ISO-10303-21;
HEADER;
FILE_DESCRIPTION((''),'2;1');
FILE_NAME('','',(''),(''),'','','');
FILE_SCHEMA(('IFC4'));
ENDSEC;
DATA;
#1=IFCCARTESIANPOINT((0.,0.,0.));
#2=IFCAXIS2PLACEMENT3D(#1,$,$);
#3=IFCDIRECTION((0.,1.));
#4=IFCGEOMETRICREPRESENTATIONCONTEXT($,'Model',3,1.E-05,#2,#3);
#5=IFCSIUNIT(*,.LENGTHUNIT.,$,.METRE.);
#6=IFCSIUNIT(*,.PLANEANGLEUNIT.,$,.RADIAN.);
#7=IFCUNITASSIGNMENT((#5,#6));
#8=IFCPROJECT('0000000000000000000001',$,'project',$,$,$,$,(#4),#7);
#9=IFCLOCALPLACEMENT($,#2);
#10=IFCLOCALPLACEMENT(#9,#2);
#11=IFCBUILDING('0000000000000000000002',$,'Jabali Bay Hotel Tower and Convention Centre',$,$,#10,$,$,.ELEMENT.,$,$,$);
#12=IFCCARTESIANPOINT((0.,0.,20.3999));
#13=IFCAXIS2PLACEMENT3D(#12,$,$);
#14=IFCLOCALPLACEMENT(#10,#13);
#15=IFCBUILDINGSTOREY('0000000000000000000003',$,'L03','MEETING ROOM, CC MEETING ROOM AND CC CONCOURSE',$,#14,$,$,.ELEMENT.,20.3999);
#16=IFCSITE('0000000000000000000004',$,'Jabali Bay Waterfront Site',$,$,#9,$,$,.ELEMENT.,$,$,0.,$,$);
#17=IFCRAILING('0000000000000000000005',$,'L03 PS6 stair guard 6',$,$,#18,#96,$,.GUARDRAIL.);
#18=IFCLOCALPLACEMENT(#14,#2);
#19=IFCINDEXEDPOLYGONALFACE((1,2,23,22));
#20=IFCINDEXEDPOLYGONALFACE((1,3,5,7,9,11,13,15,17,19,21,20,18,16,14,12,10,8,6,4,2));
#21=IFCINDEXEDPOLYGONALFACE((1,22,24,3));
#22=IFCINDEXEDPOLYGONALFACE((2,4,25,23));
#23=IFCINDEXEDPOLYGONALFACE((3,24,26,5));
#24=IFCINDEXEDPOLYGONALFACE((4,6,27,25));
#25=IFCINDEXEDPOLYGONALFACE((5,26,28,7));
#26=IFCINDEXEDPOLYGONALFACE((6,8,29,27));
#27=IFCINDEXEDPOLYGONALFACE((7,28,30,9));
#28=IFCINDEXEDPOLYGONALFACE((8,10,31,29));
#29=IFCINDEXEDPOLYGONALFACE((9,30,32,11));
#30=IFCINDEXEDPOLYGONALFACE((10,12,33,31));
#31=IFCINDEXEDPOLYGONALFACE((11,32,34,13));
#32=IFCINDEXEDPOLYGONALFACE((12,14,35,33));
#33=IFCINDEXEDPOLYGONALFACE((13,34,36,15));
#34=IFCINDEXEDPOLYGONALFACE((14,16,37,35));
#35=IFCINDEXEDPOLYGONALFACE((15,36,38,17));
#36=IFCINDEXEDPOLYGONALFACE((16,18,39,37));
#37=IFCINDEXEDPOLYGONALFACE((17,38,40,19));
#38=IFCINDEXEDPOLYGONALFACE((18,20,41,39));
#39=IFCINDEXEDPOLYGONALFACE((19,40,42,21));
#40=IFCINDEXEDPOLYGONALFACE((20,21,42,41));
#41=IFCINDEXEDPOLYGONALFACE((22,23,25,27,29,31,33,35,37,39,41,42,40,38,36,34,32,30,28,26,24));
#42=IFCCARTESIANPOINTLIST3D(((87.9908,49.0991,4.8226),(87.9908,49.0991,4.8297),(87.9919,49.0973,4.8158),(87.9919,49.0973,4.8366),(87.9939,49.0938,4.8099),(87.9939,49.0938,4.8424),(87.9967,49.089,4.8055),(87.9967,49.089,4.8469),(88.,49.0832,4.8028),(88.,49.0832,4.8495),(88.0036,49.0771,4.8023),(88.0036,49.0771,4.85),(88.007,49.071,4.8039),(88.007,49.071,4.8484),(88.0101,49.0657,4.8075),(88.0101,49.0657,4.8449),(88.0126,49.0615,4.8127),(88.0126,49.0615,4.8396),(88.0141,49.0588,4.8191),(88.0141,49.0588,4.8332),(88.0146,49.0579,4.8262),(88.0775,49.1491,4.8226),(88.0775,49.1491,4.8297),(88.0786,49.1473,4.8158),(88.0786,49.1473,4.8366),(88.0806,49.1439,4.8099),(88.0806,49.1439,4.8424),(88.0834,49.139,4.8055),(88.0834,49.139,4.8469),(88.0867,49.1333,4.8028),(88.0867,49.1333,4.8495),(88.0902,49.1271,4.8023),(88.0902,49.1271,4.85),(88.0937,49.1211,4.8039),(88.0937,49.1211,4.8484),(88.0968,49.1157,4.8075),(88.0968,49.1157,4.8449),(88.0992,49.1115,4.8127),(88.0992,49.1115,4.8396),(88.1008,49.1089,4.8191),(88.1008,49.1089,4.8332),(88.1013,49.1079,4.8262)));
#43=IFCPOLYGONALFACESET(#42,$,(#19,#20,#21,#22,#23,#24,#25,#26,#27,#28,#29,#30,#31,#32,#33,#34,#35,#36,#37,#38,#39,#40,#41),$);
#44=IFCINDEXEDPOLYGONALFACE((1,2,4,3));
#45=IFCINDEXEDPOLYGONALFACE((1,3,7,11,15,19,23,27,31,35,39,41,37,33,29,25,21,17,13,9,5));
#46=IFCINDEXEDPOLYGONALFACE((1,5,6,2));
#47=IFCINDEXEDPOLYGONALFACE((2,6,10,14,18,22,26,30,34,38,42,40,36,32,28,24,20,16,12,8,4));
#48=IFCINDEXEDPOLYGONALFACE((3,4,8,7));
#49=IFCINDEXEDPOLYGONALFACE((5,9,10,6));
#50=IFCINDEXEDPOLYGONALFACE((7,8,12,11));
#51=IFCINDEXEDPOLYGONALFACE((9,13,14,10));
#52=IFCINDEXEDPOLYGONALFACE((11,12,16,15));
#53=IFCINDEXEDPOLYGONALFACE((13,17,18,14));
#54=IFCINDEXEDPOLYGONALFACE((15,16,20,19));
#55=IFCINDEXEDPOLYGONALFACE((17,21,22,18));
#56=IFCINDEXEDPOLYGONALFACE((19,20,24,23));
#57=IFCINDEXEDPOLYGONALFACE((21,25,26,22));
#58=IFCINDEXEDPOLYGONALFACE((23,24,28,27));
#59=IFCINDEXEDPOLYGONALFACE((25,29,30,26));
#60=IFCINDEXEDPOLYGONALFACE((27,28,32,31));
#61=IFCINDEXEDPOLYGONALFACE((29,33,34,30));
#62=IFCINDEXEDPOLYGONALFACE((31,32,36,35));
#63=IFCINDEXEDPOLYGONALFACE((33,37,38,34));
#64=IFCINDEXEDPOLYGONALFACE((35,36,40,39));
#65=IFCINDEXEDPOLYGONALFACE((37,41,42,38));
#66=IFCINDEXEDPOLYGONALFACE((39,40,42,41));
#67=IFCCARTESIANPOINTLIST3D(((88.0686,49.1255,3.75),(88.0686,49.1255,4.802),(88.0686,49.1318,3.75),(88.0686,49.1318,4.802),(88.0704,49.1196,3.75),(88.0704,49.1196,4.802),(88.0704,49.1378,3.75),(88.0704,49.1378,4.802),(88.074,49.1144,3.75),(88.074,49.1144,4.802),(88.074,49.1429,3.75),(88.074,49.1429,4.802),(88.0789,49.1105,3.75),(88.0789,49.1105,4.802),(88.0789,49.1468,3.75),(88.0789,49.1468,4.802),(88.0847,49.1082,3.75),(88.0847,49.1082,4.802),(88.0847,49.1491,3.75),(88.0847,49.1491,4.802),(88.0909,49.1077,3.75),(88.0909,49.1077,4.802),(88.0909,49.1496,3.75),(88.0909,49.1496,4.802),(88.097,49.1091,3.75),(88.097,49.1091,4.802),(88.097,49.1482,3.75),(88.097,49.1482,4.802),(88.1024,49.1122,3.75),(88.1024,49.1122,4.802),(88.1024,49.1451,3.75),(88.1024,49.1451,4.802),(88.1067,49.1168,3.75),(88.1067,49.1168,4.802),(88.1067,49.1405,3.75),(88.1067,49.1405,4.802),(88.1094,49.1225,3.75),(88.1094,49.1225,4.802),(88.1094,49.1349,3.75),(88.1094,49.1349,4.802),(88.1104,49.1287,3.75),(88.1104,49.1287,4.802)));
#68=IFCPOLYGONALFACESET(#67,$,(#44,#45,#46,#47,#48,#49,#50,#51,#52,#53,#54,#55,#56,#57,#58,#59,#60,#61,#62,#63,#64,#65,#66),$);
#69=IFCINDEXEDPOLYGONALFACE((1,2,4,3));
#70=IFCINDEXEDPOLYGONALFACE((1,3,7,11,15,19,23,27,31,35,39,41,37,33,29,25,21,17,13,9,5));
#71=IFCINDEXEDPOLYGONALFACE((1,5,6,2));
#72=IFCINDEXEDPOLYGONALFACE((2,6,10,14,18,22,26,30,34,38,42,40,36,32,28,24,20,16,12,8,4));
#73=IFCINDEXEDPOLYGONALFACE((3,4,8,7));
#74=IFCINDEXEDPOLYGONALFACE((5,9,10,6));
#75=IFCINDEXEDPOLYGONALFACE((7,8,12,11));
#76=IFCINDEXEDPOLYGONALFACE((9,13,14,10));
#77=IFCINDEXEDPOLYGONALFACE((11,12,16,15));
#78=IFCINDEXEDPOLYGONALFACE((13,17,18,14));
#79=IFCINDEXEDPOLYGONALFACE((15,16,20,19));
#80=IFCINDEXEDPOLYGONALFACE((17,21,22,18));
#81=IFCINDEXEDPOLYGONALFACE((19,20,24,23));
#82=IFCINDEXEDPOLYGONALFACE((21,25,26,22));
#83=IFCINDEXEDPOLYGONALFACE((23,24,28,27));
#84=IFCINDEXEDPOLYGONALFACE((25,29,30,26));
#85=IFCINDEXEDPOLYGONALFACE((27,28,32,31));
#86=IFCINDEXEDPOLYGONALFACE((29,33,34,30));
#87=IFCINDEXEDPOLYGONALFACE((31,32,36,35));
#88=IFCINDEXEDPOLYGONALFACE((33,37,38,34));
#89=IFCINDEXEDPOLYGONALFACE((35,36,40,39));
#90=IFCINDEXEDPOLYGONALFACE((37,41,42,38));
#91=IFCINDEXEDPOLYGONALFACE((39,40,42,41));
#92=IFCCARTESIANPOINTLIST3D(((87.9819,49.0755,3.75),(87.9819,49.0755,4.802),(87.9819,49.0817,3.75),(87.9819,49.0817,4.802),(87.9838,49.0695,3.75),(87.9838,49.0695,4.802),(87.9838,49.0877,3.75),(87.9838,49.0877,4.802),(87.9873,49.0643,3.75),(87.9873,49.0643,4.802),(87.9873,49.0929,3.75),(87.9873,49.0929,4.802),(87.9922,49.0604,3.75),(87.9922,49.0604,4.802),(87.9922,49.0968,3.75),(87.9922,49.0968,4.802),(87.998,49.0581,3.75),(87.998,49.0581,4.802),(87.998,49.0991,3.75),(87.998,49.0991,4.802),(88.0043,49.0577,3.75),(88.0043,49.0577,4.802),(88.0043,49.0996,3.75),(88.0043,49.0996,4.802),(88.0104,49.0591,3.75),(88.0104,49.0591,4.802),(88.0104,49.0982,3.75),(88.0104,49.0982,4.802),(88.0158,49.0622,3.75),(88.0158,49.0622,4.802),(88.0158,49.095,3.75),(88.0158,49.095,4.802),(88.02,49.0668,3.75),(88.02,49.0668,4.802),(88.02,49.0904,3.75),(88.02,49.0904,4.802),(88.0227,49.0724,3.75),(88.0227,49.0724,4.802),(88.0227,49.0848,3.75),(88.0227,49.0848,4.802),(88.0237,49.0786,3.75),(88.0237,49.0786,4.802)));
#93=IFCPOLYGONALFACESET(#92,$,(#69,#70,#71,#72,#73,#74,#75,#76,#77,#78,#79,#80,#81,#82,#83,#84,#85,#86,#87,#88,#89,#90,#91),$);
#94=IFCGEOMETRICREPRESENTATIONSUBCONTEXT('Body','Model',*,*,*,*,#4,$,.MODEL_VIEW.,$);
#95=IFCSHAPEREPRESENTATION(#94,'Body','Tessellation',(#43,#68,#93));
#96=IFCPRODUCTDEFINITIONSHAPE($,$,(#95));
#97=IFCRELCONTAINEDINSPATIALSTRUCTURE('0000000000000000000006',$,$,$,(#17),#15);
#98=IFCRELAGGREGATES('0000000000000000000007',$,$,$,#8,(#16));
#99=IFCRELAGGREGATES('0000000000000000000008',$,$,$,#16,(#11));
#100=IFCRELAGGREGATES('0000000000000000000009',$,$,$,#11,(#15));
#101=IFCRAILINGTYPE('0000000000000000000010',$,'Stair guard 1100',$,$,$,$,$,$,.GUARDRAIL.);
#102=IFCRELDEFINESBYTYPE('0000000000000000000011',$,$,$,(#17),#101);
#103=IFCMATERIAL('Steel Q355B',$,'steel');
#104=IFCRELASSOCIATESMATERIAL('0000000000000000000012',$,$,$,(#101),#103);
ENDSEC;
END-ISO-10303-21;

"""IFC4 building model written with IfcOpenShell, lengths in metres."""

from ifc_helpers import new_model, si_unit, direction, frame, origin, origin_2d, place, context, subcontext, project, spatial, circle, extrude, material, type_object, element, save


model = new_model("IFC4")

# Units and contexts
model_context = context("Model", 3, precision=1e-05, world=origin(), true_north=direction((0.0, 1.0)))
body_context = subcontext(model_context, "Body", "Model", "MODEL_VIEW")
ifc_project = project(units=[si_unit("LENGTHUNIT", "METRE"), si_unit("PLANEANGLEUNIT", "RADIAN")], contexts=[model_context])

# Site, building, storey
site_placement = place(None, origin())
site = spatial("IfcSite", under=ifc_project, at=site_placement, Name="Jabali Bay Waterfront Site", CompositionType="ELEMENT", RefElevation=0.0)
building_placement = place(site_placement, origin())
building = spatial("IfcBuilding", under=site, at=building_placement, Name="Jabali Bay Hotel Tower and Convention Centre", CompositionType="ELEMENT")
storey_placement = place(building_placement, frame((0.0, 0.0, 20.3999)))
storey = spatial("IfcBuildingStorey", under=building, at=storey_placement, Name="L03", Description="MEETING ROOM, CC MEETING ROOM AND CC CONCOURSE", CompositionType="ELEMENT", Elevation=20.3999)

# Railing
ifc_material_1 = material(Name="Steel Q355B", Category="steel")
railing_type_1 = type_object("IfcRailingType", Name="Stair guard 1100", PredefinedType="GUARDRAIL", material=ifc_material_1)
railing_1_placement = place(storey_placement, frame((88.0894, 49.1287, 3.75)))
element("IfcRailing", 1, at=railing_1_placement, inside=storey, type_object=railing_type_1, Name="L03 PS6 stair guard 6", PredefinedType="GUARDRAIL", context=body_context, shape_type="SweptSolid", body=[
    extrude(circle(Radius=0.0239, at=origin_2d()), frame((0.0, 0.0, 1.0762), z_axis=(-0.865982, -0.500074, 0.0), x_axis=(0.500074, -0.865982, 0.0)), (0.0, 0.0, 1.0), 0.1001),
    extrude(circle(Radius=0.021, at=origin_2d()), origin(), (0.0, 0.0, 1.0), 1.052),
    extrude(circle(Radius=0.021, at=origin_2d()), frame((-0.0867, -0.05, 0.0)), (0.0, 0.0, 1.0), 1.052),
])

save(model, "model.ifc")
